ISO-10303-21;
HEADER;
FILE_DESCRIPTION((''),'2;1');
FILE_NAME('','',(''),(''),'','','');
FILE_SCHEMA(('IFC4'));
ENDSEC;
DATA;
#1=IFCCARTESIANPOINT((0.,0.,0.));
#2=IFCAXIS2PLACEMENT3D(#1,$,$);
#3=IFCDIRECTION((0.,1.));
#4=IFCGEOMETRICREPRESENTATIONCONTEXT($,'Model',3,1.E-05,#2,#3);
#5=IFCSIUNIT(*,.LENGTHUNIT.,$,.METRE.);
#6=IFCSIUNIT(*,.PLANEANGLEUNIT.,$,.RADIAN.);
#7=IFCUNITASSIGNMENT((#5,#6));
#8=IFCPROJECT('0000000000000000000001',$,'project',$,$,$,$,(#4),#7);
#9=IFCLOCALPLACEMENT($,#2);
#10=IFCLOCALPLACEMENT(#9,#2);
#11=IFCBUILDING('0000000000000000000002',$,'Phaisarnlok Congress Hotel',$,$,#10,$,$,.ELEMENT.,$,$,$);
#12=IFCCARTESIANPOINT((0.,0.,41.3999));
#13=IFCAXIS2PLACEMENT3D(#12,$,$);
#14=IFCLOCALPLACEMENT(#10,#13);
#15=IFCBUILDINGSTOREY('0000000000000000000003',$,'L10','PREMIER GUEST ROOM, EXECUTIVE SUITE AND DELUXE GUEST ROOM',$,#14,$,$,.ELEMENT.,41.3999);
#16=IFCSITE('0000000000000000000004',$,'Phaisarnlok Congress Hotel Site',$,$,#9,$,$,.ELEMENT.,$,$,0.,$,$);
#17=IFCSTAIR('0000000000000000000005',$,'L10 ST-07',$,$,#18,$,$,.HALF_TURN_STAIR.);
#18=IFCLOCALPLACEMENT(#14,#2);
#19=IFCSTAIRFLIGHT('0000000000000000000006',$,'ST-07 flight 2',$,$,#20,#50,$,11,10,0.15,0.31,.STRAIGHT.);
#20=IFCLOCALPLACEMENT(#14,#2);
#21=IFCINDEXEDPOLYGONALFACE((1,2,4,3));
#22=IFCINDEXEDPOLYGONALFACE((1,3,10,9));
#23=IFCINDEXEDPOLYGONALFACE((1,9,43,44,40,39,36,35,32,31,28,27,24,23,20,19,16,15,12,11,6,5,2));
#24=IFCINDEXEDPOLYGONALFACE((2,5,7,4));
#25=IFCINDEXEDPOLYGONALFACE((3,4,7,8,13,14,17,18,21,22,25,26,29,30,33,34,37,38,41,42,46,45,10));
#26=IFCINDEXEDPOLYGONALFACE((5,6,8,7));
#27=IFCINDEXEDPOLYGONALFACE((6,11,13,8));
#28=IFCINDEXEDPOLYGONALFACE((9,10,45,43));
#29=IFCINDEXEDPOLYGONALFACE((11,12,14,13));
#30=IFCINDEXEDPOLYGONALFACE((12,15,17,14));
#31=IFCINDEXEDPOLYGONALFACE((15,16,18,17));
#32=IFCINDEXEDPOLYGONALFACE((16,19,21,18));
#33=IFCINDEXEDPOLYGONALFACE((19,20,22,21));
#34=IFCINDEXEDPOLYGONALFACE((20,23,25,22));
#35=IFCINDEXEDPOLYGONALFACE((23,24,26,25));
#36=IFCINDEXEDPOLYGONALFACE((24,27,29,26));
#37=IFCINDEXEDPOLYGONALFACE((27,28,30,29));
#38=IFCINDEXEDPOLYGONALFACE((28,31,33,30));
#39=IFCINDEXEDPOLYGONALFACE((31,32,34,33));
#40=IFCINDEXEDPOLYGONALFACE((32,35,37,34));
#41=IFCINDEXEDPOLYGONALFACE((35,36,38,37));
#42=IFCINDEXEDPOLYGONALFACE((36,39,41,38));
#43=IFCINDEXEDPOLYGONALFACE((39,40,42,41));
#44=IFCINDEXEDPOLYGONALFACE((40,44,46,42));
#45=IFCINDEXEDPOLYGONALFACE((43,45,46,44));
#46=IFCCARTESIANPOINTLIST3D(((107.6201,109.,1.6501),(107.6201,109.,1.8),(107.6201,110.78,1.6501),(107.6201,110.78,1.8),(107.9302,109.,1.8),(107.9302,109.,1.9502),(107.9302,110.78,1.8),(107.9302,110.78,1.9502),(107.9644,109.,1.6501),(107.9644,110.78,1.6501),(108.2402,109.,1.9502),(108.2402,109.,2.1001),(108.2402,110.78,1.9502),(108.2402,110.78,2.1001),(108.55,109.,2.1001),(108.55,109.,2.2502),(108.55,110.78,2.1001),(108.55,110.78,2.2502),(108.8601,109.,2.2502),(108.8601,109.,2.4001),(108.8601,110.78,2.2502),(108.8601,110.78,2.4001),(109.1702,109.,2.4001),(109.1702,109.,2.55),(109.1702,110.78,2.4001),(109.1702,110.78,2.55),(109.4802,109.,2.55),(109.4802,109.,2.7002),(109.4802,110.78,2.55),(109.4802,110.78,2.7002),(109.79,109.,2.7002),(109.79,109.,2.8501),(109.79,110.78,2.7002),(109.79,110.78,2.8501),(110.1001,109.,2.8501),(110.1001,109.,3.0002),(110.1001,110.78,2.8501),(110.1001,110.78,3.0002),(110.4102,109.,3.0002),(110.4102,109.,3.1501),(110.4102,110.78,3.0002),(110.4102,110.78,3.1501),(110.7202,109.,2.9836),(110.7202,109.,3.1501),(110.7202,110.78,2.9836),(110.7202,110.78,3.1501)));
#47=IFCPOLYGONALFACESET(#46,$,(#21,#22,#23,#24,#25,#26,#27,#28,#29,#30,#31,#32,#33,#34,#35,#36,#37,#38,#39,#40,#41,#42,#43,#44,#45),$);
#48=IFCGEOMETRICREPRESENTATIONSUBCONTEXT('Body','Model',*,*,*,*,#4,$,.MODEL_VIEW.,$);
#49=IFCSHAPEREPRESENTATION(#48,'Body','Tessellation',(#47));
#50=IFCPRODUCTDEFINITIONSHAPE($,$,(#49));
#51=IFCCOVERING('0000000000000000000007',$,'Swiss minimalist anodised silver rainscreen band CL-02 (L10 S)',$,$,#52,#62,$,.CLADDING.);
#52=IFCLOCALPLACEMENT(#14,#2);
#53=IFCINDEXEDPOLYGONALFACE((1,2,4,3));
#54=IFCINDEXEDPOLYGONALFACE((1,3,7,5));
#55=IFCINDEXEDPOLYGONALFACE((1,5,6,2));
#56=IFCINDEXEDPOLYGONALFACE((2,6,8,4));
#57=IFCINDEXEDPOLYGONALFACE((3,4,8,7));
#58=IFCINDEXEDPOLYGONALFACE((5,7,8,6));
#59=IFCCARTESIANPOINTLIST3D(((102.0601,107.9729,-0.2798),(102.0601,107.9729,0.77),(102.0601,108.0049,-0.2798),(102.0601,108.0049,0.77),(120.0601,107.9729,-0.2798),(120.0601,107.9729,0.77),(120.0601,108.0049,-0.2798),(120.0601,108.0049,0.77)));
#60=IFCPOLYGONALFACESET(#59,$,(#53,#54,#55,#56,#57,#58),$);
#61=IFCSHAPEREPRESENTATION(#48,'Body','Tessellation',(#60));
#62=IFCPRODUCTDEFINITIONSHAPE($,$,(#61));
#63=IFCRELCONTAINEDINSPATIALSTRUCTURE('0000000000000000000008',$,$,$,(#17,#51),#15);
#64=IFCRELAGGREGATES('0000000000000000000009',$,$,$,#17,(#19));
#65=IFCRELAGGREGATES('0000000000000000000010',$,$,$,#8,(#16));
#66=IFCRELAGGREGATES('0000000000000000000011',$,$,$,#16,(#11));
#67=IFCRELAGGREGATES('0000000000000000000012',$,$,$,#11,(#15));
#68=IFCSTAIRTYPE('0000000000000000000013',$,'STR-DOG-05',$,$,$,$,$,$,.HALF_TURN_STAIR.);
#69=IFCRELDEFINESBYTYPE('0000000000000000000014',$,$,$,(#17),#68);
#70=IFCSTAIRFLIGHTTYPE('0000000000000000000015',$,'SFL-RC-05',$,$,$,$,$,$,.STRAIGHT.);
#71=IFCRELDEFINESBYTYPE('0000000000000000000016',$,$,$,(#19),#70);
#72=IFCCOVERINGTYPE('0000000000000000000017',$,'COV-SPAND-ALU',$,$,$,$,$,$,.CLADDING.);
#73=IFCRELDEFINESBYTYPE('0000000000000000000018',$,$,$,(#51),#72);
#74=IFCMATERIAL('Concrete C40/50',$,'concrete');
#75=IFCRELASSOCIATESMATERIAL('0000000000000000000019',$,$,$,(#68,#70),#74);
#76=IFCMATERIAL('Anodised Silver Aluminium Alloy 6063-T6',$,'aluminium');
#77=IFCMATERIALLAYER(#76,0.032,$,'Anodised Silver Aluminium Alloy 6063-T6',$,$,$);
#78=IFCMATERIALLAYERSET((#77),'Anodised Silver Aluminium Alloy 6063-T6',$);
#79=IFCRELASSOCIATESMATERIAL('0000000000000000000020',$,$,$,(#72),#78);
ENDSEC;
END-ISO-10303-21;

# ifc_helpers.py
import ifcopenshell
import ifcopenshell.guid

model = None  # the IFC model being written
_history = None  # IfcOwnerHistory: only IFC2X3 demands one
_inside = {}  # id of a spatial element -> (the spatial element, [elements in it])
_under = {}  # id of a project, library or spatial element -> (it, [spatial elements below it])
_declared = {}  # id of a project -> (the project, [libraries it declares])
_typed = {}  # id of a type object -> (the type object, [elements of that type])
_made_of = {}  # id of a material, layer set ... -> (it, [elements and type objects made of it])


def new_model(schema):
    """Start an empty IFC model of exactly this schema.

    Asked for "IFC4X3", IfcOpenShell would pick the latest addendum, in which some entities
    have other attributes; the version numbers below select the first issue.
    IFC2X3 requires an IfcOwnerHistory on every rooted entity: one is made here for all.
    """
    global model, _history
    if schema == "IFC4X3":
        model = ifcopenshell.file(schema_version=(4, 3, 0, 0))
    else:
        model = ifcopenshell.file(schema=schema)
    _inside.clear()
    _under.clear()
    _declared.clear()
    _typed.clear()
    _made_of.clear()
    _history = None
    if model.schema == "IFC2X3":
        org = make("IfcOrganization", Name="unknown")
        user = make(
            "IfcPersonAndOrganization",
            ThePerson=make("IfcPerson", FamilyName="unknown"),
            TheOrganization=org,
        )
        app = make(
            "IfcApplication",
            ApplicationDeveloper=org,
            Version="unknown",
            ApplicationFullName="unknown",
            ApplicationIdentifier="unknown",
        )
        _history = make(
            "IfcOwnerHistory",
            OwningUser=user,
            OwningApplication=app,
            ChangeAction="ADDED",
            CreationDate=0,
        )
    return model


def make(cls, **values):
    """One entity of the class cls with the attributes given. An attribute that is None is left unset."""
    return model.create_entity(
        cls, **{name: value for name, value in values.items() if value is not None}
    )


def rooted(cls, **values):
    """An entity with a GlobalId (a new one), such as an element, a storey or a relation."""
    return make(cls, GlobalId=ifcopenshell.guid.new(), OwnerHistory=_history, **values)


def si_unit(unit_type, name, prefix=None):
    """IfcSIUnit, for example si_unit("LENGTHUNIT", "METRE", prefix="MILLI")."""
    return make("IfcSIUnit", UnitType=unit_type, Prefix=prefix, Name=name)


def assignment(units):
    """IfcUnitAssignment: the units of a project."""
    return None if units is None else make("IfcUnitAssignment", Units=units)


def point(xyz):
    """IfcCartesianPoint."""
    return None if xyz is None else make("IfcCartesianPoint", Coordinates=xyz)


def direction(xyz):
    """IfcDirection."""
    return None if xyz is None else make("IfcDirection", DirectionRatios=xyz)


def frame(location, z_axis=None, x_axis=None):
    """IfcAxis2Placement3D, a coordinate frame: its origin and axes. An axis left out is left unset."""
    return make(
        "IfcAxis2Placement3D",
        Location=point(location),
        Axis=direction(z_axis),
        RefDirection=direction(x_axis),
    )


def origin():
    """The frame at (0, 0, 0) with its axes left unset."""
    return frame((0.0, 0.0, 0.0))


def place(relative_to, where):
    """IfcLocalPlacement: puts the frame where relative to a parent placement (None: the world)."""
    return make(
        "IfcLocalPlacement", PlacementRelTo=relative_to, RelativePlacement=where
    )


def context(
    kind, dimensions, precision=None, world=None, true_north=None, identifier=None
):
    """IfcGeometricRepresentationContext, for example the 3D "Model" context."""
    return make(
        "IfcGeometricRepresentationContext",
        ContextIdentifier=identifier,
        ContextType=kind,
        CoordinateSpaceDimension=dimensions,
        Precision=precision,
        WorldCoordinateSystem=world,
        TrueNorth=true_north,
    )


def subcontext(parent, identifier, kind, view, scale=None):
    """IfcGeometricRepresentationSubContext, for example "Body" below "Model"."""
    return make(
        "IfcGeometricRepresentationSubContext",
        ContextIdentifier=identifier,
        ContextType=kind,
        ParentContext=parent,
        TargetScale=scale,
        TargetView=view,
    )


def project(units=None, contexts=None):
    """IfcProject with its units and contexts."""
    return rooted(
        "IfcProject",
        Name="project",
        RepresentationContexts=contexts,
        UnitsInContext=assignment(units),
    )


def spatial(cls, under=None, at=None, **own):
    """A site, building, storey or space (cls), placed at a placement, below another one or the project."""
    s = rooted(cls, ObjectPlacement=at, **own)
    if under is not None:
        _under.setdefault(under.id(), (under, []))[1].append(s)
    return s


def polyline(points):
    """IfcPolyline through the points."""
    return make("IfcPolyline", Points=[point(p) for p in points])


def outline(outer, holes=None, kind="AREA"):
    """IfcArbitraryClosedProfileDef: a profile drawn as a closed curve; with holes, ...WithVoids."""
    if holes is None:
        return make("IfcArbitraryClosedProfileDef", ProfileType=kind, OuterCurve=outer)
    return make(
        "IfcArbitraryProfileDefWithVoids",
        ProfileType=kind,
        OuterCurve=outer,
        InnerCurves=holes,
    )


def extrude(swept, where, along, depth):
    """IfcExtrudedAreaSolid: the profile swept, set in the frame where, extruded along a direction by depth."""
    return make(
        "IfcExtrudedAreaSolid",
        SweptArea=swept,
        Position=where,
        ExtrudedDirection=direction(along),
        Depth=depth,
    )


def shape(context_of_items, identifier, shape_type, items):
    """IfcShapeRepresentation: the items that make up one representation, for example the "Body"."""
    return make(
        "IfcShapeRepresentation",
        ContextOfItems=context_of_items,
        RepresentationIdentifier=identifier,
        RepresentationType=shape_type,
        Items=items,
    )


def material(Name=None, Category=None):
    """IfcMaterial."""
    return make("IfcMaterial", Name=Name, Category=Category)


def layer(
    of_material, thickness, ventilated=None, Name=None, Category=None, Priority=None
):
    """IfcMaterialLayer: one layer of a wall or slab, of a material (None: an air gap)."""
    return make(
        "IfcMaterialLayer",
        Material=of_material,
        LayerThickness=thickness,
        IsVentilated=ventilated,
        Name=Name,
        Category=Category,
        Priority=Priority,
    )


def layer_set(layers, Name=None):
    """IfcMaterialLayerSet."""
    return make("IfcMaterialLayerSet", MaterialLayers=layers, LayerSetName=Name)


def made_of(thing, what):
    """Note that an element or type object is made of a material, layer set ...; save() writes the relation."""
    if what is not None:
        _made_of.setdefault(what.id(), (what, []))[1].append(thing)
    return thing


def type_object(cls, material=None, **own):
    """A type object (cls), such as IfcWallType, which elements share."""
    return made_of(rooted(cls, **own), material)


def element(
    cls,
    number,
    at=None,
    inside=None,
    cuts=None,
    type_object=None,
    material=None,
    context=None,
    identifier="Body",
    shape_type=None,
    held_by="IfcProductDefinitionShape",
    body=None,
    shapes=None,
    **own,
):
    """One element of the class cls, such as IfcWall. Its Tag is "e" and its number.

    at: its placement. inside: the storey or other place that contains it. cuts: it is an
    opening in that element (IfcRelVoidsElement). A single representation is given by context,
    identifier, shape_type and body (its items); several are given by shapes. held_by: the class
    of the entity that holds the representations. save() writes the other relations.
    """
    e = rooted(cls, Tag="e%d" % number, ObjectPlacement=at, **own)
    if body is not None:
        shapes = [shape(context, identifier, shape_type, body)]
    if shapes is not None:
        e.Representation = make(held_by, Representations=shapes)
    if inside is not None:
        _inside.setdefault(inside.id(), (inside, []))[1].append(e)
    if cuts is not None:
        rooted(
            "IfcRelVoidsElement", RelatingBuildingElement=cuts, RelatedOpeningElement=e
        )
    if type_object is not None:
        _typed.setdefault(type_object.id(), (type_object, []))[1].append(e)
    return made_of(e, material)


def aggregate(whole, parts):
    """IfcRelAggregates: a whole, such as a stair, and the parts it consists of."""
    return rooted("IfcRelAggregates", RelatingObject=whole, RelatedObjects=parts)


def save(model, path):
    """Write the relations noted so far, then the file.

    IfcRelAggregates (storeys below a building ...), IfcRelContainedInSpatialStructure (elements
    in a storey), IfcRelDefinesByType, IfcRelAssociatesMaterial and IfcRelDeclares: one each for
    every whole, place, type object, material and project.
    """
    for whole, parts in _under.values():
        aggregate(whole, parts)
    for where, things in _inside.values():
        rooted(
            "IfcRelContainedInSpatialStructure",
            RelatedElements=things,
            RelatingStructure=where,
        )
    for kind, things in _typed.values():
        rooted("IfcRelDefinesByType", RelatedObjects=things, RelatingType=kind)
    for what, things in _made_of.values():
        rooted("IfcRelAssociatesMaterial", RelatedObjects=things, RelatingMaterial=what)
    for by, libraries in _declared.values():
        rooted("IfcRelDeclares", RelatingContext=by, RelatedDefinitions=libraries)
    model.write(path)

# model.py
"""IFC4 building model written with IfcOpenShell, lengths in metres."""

from ifc_helpers import new_model, si_unit, direction, frame, origin, place, context, subcontext, project, spatial, polyline, outline, extrude, material, layer, layer_set, type_object, element, aggregate, save


model = new_model("IFC4")

# Units and contexts
model_context = context("Model", 3, precision=1e-05, world=origin(), true_north=direction((0.0, 1.0)))
body_context = subcontext(model_context, "Body", "Model", "MODEL_VIEW")
ifc_project = project(units=[si_unit("LENGTHUNIT", "METRE"), si_unit("PLANEANGLEUNIT", "RADIAN")], contexts=[model_context])

# Site, building, storey
site_placement = place(None, origin())
site = spatial("IfcSite", under=ifc_project, at=site_placement, Name="Phaisarnlok Congress Hotel Site", CompositionType="ELEMENT", RefElevation=0.0)
building_placement = place(site_placement, origin())
building = spatial("IfcBuilding", under=site, at=building_placement, Name="Phaisarnlok Congress Hotel", CompositionType="ELEMENT")
storey_placement = place(building_placement, frame((0.0, 0.0, 41.3999)))
storey = spatial("IfcBuildingStorey", under=building, at=storey_placement, Name="L10", Description="PREMIER GUEST ROOM, EXECUTIVE SUITE AND DELUXE GUEST ROOM", CompositionType="ELEMENT", Elevation=41.3999)

# Shared definitions
ifc_material_1 = material(Name="Concrete C40/50", Category="concrete")

# Stair
stair_type = type_object("IfcStairType", Name="STR-DOG-05", PredefinedType="HALF_TURN_STAIR", material=ifc_material_1)
stair_1_placement = place(storey_placement, origin())
stair_1 = element("IfcStair", 1, at=stair_1_placement, inside=storey, type_object=stair_type, Name="L10 ST-07", PredefinedType="HALF_TURN_STAIR")

# Stair flight
stair_flight_type = type_object("IfcStairFlightType", Name="SFL-RC-05", PredefinedType="STRAIGHT", material=ifc_material_1)
stair_flight_1_placement = place(storey_placement, frame((107.6201, 109.8899, 1.6501), z_axis=(0.0, 0.0, 1.0), x_axis=(1.0, 0.0, 0.0)))
stair_flight_1 = element("IfcStairFlight", 2, at=stair_flight_1_placement, type_object=stair_flight_type, Name="ST-07 flight 2", NumberOfRisers=11, NumberOfTreads=10, PredefinedType="STRAIGHT", RiserHeight=0.15, TreadLength=0.31, context=body_context, shape_type="SweptSolid", body=[
    extrude(outline(polyline([(0.0, 0.0), (0.0, 0.1499), (0.3101, 0.1499), (0.3101, 0.3), (0.6201, 0.3), (0.6201, 0.45), (0.9299, 0.45), (0.9299, 0.6001), (1.24, 0.6001), (1.24, 0.75), (1.55, 0.75), (1.55, 0.8999), (1.8601, 0.8999), (1.8601, 1.05), (2.1699, 1.05), (2.1699, 1.2), (2.48, 1.2), (2.48, 1.3501), (2.79, 1.3501), (2.79, 1.5), (3.1001, 1.5), (3.1001, 1.6499), (3.1001, 1.3335), (0.3442, 0.0), (0.0, 0.0)])), frame((0.0, 0.8901, 0.0), z_axis=(0.0, -1.0, 0.0), x_axis=(1.0, 0.0, 0.0)), (0.0, 0.0, 1.0), 1.78),
])
aggregate(stair_1, [stair_flight_1])

# Covering
ifc_material_2 = material(Name="Anodised Silver Aluminium Alloy 6063-T6", Category="aluminium")
ifc_layer_1 = layer(ifc_material_2, 0.032, Name="Anodised Silver Aluminium Alloy 6063-T6")
ifc_layer_set_1 = layer_set([ifc_layer_1], Name="Anodised Silver Aluminium Alloy 6063-T6")
covering_type = type_object("IfcCoveringType", Name="COV-SPAND-ALU", PredefinedType="CLADDING", material=ifc_layer_set_1)
covering_placement = place(storey_placement, frame((102.0601, 108.0049, -0.2798), z_axis=(0.0, -1.0, 0.0), x_axis=(1.0, 0.0, 0.0)))
element("IfcCovering", 3, at=covering_placement, inside=storey, type_object=covering_type, Name="Swiss minimalist anodised silver rainscreen band CL-02 (L10 S)", PredefinedType="CLADDING", context=body_context, shape_type="SweptSolid", body=[
    extrude(outline(polyline([(0.0, 0.0), (18.0, 0.0), (18.0, 1.0498), (0.0, 1.0498), (0.0, 0.0)])), origin(), (0.0, 0.0, 1.0), 0.032),
])

save(model, "model.ifc")
